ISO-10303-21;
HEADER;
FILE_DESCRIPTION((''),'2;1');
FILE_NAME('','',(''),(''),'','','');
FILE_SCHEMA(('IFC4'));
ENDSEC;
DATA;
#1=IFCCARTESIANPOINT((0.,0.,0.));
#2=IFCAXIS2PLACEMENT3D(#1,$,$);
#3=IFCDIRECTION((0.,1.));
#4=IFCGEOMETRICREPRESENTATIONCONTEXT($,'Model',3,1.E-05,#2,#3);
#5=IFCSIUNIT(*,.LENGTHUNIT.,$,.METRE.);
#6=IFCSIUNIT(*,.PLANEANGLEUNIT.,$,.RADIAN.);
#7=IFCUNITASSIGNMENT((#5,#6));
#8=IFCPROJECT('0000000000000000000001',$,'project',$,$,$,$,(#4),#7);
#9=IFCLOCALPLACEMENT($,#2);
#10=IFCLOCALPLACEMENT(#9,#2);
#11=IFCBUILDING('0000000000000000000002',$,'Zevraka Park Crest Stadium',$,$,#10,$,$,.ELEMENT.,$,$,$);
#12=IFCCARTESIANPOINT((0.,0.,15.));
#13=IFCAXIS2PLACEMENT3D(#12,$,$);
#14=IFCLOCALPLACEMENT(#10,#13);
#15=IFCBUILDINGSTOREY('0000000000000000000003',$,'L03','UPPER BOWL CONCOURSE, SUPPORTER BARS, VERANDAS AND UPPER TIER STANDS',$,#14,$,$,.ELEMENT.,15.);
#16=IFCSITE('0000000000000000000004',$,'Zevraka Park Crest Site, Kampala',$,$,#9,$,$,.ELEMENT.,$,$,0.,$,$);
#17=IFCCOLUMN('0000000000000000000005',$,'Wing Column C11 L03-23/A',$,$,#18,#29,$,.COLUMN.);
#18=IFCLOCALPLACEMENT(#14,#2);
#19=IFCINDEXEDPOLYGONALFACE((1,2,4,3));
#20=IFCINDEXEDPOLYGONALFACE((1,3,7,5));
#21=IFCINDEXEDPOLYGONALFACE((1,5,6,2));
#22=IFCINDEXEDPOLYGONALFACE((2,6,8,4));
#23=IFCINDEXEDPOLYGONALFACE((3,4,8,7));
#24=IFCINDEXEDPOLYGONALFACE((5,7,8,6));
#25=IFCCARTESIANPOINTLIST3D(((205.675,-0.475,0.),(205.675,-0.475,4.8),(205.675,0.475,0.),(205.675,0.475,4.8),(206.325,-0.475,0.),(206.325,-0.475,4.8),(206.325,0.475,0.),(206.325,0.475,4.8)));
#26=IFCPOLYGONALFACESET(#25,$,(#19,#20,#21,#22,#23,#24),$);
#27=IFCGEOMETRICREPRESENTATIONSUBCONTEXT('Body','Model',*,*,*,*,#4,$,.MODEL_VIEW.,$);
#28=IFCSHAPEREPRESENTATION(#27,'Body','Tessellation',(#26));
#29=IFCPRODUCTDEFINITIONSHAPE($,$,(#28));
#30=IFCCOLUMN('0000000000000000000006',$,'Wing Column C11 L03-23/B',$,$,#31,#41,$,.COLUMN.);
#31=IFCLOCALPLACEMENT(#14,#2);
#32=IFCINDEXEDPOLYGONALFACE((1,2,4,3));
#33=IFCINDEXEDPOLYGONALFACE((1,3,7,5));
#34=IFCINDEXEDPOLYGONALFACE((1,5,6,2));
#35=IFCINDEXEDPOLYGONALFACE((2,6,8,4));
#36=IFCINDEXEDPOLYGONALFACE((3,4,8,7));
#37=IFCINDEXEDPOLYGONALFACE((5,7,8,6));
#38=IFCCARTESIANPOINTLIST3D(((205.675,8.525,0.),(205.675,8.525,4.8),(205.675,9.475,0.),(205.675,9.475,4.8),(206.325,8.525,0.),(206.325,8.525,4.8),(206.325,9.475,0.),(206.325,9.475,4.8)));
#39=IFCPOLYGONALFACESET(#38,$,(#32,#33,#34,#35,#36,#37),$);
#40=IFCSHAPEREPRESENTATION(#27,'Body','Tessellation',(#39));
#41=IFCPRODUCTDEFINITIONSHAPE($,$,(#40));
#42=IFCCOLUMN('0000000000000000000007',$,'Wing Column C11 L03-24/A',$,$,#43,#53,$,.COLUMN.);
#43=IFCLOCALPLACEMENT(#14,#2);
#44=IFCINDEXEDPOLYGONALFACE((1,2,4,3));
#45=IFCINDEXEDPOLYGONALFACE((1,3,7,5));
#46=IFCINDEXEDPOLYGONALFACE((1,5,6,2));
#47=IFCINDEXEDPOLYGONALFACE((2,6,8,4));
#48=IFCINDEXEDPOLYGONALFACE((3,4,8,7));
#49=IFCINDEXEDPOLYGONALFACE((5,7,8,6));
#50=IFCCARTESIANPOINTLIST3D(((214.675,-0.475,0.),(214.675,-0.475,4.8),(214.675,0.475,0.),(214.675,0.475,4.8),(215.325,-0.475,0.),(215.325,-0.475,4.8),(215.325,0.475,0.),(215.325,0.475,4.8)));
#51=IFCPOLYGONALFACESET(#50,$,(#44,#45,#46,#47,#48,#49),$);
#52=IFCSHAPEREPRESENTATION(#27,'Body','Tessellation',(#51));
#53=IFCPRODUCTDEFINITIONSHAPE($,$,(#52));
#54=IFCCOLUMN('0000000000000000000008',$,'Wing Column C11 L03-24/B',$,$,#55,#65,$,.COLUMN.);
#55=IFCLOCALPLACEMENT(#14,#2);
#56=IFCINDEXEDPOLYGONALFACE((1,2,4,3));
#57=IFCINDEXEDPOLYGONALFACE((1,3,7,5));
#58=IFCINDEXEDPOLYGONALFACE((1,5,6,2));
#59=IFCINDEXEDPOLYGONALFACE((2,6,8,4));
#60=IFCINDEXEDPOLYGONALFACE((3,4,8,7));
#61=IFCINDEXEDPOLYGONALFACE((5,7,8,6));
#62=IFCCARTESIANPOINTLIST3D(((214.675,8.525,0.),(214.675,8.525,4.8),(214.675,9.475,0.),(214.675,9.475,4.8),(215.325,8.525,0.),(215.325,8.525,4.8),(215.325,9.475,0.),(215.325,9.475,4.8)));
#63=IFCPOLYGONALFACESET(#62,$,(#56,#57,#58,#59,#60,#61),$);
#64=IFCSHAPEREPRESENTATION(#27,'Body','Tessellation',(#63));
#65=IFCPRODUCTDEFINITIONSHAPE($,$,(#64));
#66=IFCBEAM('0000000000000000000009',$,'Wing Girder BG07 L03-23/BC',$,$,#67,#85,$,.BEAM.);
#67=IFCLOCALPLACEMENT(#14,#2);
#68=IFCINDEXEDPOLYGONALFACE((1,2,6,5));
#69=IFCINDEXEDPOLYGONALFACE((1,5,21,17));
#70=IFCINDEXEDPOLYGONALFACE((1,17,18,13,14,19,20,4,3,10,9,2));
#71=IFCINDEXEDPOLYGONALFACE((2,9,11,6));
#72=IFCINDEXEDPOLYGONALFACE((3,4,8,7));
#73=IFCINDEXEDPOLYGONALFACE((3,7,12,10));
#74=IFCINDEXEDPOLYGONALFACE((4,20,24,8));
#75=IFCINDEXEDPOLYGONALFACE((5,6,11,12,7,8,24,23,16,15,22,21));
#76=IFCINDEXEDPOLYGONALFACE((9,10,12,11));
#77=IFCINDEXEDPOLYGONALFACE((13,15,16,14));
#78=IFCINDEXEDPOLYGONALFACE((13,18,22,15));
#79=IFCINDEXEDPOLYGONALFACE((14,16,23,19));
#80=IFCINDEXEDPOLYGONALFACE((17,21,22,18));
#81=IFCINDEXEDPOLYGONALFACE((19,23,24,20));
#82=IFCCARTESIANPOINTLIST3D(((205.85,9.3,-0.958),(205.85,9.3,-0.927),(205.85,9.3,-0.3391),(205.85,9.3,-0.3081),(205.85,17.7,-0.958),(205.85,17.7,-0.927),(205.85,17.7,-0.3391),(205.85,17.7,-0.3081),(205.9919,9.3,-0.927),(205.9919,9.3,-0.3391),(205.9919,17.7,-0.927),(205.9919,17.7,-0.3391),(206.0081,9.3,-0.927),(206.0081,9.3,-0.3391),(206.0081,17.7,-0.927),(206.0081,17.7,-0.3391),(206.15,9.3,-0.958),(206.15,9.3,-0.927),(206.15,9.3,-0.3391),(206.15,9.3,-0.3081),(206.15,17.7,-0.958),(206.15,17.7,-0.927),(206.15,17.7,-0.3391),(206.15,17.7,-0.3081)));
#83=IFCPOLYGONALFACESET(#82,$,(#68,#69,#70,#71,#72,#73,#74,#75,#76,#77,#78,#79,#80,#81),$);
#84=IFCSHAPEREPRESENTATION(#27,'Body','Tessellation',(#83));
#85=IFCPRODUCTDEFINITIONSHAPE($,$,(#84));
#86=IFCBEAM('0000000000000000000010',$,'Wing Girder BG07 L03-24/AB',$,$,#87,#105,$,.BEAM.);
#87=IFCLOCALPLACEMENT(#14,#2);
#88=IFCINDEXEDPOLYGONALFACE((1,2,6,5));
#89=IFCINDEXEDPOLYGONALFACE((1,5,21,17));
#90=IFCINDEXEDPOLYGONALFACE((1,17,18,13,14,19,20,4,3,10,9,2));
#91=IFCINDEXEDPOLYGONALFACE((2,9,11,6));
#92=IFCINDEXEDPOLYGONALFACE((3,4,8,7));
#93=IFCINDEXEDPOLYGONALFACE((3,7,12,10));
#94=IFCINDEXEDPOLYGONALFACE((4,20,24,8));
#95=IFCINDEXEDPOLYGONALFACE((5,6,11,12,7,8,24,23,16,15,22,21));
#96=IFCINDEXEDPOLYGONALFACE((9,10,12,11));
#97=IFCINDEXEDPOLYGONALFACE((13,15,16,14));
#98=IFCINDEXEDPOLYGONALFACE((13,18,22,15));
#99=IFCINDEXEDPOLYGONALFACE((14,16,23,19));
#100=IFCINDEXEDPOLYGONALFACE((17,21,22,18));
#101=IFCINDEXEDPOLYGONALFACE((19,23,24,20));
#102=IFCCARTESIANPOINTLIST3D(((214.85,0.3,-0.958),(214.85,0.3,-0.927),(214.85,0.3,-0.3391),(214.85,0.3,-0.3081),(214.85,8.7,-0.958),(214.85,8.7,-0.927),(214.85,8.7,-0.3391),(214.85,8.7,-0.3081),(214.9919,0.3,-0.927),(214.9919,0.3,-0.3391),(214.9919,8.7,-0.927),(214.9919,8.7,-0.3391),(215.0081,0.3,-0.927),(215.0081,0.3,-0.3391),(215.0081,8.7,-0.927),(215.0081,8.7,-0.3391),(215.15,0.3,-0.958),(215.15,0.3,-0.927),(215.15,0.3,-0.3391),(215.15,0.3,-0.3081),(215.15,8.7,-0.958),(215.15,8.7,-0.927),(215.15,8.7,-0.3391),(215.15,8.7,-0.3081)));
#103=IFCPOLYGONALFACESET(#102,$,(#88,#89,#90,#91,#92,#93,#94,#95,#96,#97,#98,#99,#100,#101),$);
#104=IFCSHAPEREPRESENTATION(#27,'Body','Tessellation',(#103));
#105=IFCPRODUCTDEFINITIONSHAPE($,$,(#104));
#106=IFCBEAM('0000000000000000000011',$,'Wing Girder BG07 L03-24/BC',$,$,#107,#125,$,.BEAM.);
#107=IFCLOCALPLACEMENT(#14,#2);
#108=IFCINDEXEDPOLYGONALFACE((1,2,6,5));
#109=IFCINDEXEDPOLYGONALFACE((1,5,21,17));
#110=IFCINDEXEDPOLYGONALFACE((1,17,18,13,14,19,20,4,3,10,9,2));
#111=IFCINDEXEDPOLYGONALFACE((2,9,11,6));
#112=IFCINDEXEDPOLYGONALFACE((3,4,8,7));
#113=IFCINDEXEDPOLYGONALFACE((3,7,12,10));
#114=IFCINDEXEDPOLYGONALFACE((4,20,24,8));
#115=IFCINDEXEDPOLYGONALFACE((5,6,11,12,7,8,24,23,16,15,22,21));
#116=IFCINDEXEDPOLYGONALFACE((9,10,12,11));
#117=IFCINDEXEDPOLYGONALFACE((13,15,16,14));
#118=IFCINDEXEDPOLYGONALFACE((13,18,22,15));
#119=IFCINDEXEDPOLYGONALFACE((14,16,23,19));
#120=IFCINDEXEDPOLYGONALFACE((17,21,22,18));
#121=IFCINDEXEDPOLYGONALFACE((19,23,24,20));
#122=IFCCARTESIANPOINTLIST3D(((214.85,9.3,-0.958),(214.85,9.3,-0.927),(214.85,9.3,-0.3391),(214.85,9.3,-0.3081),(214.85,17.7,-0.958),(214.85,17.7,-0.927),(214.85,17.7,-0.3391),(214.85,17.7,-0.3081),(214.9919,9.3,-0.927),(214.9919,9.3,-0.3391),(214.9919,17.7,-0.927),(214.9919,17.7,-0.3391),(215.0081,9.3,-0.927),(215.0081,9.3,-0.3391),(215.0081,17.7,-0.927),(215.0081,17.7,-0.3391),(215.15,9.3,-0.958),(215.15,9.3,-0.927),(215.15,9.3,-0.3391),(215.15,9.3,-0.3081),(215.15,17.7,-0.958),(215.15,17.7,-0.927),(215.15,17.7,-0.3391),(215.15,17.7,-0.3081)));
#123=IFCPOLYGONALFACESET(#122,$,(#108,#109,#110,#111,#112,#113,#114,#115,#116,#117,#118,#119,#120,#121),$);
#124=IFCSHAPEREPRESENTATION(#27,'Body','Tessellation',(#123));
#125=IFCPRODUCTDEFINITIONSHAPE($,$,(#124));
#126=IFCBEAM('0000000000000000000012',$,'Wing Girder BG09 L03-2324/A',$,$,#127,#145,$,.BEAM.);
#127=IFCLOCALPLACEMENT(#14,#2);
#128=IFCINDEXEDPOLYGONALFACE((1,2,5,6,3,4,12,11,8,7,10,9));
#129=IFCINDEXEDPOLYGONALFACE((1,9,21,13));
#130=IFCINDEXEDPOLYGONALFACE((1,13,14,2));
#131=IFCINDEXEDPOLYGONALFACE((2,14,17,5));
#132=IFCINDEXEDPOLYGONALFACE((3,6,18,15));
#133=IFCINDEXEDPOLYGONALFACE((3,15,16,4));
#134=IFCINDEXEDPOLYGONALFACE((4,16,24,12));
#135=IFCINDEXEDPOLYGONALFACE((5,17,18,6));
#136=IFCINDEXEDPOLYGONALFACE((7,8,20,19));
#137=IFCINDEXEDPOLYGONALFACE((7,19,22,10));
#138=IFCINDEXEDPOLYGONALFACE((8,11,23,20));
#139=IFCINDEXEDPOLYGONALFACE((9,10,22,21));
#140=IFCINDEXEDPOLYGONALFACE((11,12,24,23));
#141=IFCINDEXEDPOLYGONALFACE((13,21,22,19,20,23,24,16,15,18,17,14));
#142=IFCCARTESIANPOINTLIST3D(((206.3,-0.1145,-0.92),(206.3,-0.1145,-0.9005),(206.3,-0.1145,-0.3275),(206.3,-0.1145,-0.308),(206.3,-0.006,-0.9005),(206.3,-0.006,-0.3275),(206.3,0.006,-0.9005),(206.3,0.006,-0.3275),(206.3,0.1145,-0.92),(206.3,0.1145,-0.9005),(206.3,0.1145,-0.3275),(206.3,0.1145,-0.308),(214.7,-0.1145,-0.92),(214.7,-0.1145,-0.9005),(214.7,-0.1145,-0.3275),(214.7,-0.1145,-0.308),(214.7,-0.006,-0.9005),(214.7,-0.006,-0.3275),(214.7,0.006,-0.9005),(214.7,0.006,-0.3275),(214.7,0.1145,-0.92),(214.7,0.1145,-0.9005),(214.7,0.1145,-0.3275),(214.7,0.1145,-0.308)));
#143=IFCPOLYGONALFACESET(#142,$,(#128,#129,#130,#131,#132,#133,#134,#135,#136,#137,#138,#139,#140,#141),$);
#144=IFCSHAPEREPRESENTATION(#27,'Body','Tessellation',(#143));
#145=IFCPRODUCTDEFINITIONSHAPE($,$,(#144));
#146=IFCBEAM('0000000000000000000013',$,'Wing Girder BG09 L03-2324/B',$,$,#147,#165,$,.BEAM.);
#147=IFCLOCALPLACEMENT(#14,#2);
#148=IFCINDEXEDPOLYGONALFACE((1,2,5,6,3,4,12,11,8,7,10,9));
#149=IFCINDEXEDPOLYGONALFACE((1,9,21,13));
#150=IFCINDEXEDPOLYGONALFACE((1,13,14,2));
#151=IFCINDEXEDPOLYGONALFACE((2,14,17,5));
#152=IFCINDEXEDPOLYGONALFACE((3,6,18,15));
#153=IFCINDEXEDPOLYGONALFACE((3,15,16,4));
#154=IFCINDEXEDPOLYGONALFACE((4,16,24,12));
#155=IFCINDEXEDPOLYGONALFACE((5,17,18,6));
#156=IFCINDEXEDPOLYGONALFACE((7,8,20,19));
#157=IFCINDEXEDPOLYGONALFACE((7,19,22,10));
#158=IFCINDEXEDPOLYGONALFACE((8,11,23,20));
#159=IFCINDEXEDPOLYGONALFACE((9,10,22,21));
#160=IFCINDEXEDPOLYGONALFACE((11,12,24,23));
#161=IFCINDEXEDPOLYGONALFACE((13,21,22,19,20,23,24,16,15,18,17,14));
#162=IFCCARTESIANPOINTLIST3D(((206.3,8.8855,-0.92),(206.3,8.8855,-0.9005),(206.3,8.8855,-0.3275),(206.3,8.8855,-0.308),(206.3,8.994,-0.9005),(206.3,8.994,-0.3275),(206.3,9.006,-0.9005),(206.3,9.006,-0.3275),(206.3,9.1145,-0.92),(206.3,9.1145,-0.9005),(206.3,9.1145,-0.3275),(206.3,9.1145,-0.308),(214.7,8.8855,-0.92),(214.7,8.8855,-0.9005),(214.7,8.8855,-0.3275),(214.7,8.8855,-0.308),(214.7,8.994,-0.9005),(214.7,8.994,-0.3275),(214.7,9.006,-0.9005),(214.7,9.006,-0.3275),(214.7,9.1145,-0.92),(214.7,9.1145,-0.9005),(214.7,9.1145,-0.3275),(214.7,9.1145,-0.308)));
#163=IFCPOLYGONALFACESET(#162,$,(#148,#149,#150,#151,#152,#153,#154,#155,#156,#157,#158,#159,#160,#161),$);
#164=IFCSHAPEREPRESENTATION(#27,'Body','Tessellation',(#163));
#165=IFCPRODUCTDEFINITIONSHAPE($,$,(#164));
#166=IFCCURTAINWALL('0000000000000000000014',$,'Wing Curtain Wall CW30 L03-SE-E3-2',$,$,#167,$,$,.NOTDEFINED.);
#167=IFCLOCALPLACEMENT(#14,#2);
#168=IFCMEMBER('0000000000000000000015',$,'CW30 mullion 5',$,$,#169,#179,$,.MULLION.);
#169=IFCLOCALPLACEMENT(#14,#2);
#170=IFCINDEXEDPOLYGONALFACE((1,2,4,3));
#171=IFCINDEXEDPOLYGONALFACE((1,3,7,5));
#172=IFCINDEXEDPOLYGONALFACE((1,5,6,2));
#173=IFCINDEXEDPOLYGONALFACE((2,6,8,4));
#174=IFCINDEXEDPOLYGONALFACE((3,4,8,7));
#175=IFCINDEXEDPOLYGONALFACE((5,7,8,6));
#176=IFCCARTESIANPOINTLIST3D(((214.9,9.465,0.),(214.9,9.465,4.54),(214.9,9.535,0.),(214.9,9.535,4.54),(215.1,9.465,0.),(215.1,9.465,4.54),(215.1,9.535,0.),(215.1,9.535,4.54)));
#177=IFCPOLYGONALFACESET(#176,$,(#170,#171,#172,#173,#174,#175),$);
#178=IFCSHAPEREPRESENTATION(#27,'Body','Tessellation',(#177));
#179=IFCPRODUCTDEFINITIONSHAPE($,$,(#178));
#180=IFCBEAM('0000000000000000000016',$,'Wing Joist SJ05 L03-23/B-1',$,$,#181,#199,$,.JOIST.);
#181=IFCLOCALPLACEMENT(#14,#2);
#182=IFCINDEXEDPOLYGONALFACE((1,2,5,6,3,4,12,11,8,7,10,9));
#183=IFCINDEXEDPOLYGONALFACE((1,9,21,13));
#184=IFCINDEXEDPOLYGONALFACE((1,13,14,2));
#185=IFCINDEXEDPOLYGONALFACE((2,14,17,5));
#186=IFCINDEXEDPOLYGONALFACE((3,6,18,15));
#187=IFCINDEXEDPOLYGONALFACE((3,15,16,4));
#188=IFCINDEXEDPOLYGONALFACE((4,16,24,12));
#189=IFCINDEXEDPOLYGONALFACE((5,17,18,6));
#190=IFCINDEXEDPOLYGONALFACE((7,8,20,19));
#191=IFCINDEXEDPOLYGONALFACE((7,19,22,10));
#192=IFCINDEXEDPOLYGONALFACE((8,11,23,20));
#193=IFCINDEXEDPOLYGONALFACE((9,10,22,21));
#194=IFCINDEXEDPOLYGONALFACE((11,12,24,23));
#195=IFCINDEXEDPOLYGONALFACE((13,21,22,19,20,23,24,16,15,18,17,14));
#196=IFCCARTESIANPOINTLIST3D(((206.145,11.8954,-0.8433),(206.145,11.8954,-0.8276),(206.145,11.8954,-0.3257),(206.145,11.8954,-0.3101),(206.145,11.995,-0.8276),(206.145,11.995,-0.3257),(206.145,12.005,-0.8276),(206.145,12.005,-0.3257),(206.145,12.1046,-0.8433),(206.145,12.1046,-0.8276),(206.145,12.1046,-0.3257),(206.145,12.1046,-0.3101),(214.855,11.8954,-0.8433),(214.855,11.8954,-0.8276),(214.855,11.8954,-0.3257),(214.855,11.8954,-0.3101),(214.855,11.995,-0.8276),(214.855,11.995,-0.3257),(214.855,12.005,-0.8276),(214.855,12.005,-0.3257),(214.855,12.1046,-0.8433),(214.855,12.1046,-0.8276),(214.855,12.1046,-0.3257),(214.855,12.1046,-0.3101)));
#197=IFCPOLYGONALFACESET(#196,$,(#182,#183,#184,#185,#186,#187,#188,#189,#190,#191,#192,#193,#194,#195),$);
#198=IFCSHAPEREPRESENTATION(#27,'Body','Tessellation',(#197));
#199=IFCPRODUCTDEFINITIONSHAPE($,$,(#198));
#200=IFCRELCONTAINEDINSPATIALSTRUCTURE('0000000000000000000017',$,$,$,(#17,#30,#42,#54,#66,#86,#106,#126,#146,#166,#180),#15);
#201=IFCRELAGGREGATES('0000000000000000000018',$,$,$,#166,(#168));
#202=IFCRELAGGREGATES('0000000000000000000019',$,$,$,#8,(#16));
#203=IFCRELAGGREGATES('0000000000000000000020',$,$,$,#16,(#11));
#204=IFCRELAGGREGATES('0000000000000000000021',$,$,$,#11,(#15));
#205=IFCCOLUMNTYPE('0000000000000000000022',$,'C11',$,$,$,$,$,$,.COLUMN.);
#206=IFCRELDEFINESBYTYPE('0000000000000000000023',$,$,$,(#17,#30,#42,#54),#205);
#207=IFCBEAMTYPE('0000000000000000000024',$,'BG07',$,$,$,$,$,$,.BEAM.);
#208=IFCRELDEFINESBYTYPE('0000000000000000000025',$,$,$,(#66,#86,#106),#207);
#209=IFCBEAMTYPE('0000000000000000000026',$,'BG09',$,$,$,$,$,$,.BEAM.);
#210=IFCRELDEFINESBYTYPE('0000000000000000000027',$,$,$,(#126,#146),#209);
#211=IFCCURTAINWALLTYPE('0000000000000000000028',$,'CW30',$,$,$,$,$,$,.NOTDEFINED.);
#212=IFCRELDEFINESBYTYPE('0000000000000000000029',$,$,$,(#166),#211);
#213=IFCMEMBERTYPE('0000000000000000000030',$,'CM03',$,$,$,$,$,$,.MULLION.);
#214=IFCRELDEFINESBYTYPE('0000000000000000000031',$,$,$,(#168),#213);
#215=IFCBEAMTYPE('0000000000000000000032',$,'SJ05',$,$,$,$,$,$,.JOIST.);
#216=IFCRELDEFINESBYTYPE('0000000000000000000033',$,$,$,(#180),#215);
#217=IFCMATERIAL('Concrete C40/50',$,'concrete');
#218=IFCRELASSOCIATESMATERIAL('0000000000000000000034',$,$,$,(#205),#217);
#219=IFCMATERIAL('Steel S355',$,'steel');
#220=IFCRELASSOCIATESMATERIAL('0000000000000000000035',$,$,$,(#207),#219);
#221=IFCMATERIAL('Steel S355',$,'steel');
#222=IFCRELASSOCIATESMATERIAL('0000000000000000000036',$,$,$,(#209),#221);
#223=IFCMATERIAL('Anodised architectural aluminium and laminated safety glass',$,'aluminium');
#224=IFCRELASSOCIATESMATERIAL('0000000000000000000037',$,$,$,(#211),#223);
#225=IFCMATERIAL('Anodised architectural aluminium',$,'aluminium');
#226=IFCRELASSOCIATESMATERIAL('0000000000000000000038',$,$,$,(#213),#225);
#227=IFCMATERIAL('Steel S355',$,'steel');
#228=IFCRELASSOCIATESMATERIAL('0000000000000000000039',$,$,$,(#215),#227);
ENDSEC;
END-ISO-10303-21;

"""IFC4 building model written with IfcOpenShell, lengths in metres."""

from ifc_helpers import new_model, si_unit, direction, frame, origin, origin_2d, place, context, subcontext, project, spatial, rectangle, i_section, extrude, material, material_profile, profile_set, type_object, element, aggregate, save


model = new_model("IFC4")

# Units and contexts
model_context = context("Model", 3, precision=1e-05, world=origin(), true_north=direction((0.0, 1.0)))
body_context = subcontext(model_context, "Body", "Model", "MODEL_VIEW")
ifc_project = project(units=[si_unit("LENGTHUNIT", "METRE"), si_unit("PLANEANGLEUNIT", "RADIAN")], contexts=[model_context])

# Site, building, storey
site_placement = place(None, origin())
site = spatial("IfcSite", under=ifc_project, at=site_placement, Name="Zevraka Park Crest Site, Kampala", CompositionType="ELEMENT", RefElevation=0.0)
building_placement = place(site_placement, origin())
building = spatial("IfcBuilding", under=site, at=building_placement, Name="Zevraka Park Crest Stadium", CompositionType="ELEMENT")
storey_placement = place(building_placement, frame((0.0, 0.0, 15.0)))
storey = spatial("IfcBuildingStorey", under=building, at=storey_placement, Name="L03", Description="UPPER BOWL CONCOURSE, SUPPORTER BARS, VERANDAS AND UPPER TIER STANDS", CompositionType="ELEMENT", Elevation=15.0)

# Columns
ifc_material_1 = material(Name="Concrete C40/50", Category="concrete")
ifc_material_profile_1 = material_profile(ifc_material_1, rectangle(XDim=0.6499, YDim=0.95, at=origin_2d()), Name="RC 950x650")
ifc_profile_set_1 = profile_set([ifc_material_profile_1], Name="Concrete C40/50")
column_type = type_object("IfcColumnType", Name="C11", PredefinedType="COLUMN", material=ifc_profile_set_1)
for number, where, z_axis, x_axis, name in (
    (1, (206.0, 0.0, 0.0), (0.0, 0.0, 1.0), (1.0, 0.0, 0.0), "Wing Column C11 L03-23/A"),
    (2, (206.0, 9.0, 0.0), (0.0, 0.0, 1.0), (1.0, 0.0, 0.0), "Wing Column C11 L03-23/B"),
    (3, (215.0, 0.0, 0.0), (0.0, 0.0, 1.0), (1.0, 0.0, 0.0), "Wing Column C11 L03-24/A"),
    (4, (215.0, 9.0, 0.0), (0.0, 0.0, 1.0), (1.0, 0.0, 0.0), "Wing Column C11 L03-24/B"),
):
    element("IfcColumn", number, at=place(storey_placement, frame(where, z_axis=z_axis, x_axis=x_axis)), inside=storey, type_object=column_type, Name=name, PredefinedType="COLUMN", context=body_context, shape_type="SweptSolid", body=[
        extrude(rectangle(XDim=0.6499, YDim=0.95, at=origin_2d()), origin(), (0.0, 0.0, 1.0), 4.8),
    ])

# Beams
ifc_material_2 = material(Name="Steel S355", Category="steel")
ifc_material_profile_2 = material_profile(ifc_material_2, i_section(OverallWidth=0.3, OverallDepth=0.6499, WebThickness=0.0161, FlangeThickness=0.031, at=origin_2d()), Name="HEB 650")
ifc_profile_set_2 = profile_set([ifc_material_profile_2], Name="Steel S355")
beam_type_1 = type_object("IfcBeamType", Name="BG07", PredefinedType="BEAM", material=ifc_profile_set_2)
for number, where, z_axis, x_axis, name in (
    (5, (206.0, 9.3, -0.6331), (0.0, 1.0, 0.0), (-1.0, 0.0, 0.0), "Wing Girder BG07 L03-23/BC"),
    (6, (215.0, 0.3, -0.6331), (0.0, 1.0, 0.0), (-1.0, 0.0, 0.0), "Wing Girder BG07 L03-24/AB"),
    (7, (215.0, 9.3, -0.6331), (0.0, 1.0, 0.0), (-1.0, 0.0, 0.0), "Wing Girder BG07 L03-24/BC"),
):
    element("IfcBeam", number, at=place(storey_placement, frame(where, z_axis=z_axis, x_axis=x_axis)), inside=storey, type_object=beam_type_1, Name=name, PredefinedType="BEAM", context=body_context, shape_type="SweptSolid", body=[
        extrude(i_section(OverallWidth=0.3, OverallDepth=0.6499, WebThickness=0.0161, FlangeThickness=0.031, at=origin_2d()), origin(), (0.0, 0.0, 1.0), 8.3999),
    ])
ifc_material_3 = material(Name="Steel S355", Category="steel")
ifc_material_profile_3 = material_profile(ifc_material_3, i_section(OverallWidth=0.229, OverallDepth=0.6121, WebThickness=0.012, FlangeThickness=0.0195, at=origin_2d()), Name="UKB 610x229x125")
ifc_profile_set_3 = profile_set([ifc_material_profile_3], Name="Steel S355")
beam_type_2 = type_object("IfcBeamType", Name="BG09", PredefinedType="BEAM", material=ifc_profile_set_3)
for number, where, z_axis, x_axis, name in (
    (8, (206.3, 0.0, -0.614), (1.0, 0.0, 0.0), (0.0, 1.0, 0.0), "Wing Girder BG09 L03-2324/A"),
    (9, (206.3, 9.0, -0.614), (1.0, 0.0, 0.0), (0.0, 1.0, 0.0), "Wing Girder BG09 L03-2324/B"),
):
    element("IfcBeam", number, at=place(storey_placement, frame(where, z_axis=z_axis, x_axis=x_axis)), inside=storey, type_object=beam_type_2, Name=name, PredefinedType="BEAM", context=body_context, shape_type="SweptSolid", body=[
        extrude(i_section(OverallWidth=0.229, OverallDepth=0.6121, WebThickness=0.012, FlangeThickness=0.0195, at=origin_2d()), origin(), (0.0, 0.0, 1.0), 8.3999),
    ])

# Curtain wall, member
ifc_material_4 = material(Name="Anodised architectural aluminium and laminated safety glass", Category="aluminium")
curtain_wall_type = type_object("IfcCurtainWallType", Name="CW30", PredefinedType="NOTDEFINED", material=ifc_material_4)
curtain_wall_placement = place(storey_placement, origin())
curtain_wall = element("IfcCurtainWall", 10, at=curtain_wall_placement, inside=storey, type_object=curtain_wall_type, Name="Wing Curtain Wall CW30 L03-SE-E3-2", PredefinedType="NOTDEFINED")
ifc_material_5 = material(Name="Anodised architectural aluminium", Category="aluminium")
ifc_material_profile_4 = material_profile(ifc_material_5, rectangle(XDim=0.2, YDim=0.0701, at=origin_2d()), Name="ALU MULLION 200x70")
ifc_profile_set_4 = profile_set([ifc_material_profile_4], Name="Anodised architectural aluminium")
member_type = type_object("IfcMemberType", Name="CM03", PredefinedType="MULLION", material=ifc_profile_set_4)
member_placement = place(storey_placement, frame((215.0, 9.5, 0.0), z_axis=(0.0, 0.0, 1.0), x_axis=(1.0, 0.0, 0.0)))
member = element("IfcMember", 11, at=member_placement, type_object=member_type, Name="CW30 mullion 5", PredefinedType="MULLION", context=body_context, shape_type="SweptSolid", body=[
    extrude(rectangle(XDim=0.2, YDim=0.0701, at=origin_2d()), origin(), (0.0, 0.0, 1.0), 4.54),
])

# Beam
ifc_material_6 = material(Name="Steel S355", Category="steel")
ifc_material_profile_5 = material_profile(ifc_material_6, i_section(OverallWidth=0.2092, OverallDepth=0.5332, WebThickness=0.01, FlangeThickness=0.0156, at=origin_2d()), Name="UKB 533x210x92")
ifc_profile_set_5 = profile_set([ifc_material_profile_5], Name="Steel S355")
beam_type_3 = type_object("IfcBeamType", Name="SJ05", PredefinedType="JOIST", material=ifc_profile_set_5)
beam_placement = place(storey_placement, frame((206.145, 12.0, -0.5767), z_axis=(1.0, 0.0, 0.0), x_axis=(0.0, 1.0, 0.0)))
element("IfcBeam", 12, at=beam_placement, inside=storey, type_object=beam_type_3, Name="Wing Joist SJ05 L03-23/B-1", PredefinedType="JOIST", context=body_context, shape_type="SweptSolid", body=[
    extrude(i_section(OverallWidth=0.2092, OverallDepth=0.5332, WebThickness=0.01, FlangeThickness=0.0156, at=origin_2d()), origin(), (0.0, 0.0, 1.0), 8.71),
])

aggregate(curtain_wall, [member])

save(model, "model.ifc")
